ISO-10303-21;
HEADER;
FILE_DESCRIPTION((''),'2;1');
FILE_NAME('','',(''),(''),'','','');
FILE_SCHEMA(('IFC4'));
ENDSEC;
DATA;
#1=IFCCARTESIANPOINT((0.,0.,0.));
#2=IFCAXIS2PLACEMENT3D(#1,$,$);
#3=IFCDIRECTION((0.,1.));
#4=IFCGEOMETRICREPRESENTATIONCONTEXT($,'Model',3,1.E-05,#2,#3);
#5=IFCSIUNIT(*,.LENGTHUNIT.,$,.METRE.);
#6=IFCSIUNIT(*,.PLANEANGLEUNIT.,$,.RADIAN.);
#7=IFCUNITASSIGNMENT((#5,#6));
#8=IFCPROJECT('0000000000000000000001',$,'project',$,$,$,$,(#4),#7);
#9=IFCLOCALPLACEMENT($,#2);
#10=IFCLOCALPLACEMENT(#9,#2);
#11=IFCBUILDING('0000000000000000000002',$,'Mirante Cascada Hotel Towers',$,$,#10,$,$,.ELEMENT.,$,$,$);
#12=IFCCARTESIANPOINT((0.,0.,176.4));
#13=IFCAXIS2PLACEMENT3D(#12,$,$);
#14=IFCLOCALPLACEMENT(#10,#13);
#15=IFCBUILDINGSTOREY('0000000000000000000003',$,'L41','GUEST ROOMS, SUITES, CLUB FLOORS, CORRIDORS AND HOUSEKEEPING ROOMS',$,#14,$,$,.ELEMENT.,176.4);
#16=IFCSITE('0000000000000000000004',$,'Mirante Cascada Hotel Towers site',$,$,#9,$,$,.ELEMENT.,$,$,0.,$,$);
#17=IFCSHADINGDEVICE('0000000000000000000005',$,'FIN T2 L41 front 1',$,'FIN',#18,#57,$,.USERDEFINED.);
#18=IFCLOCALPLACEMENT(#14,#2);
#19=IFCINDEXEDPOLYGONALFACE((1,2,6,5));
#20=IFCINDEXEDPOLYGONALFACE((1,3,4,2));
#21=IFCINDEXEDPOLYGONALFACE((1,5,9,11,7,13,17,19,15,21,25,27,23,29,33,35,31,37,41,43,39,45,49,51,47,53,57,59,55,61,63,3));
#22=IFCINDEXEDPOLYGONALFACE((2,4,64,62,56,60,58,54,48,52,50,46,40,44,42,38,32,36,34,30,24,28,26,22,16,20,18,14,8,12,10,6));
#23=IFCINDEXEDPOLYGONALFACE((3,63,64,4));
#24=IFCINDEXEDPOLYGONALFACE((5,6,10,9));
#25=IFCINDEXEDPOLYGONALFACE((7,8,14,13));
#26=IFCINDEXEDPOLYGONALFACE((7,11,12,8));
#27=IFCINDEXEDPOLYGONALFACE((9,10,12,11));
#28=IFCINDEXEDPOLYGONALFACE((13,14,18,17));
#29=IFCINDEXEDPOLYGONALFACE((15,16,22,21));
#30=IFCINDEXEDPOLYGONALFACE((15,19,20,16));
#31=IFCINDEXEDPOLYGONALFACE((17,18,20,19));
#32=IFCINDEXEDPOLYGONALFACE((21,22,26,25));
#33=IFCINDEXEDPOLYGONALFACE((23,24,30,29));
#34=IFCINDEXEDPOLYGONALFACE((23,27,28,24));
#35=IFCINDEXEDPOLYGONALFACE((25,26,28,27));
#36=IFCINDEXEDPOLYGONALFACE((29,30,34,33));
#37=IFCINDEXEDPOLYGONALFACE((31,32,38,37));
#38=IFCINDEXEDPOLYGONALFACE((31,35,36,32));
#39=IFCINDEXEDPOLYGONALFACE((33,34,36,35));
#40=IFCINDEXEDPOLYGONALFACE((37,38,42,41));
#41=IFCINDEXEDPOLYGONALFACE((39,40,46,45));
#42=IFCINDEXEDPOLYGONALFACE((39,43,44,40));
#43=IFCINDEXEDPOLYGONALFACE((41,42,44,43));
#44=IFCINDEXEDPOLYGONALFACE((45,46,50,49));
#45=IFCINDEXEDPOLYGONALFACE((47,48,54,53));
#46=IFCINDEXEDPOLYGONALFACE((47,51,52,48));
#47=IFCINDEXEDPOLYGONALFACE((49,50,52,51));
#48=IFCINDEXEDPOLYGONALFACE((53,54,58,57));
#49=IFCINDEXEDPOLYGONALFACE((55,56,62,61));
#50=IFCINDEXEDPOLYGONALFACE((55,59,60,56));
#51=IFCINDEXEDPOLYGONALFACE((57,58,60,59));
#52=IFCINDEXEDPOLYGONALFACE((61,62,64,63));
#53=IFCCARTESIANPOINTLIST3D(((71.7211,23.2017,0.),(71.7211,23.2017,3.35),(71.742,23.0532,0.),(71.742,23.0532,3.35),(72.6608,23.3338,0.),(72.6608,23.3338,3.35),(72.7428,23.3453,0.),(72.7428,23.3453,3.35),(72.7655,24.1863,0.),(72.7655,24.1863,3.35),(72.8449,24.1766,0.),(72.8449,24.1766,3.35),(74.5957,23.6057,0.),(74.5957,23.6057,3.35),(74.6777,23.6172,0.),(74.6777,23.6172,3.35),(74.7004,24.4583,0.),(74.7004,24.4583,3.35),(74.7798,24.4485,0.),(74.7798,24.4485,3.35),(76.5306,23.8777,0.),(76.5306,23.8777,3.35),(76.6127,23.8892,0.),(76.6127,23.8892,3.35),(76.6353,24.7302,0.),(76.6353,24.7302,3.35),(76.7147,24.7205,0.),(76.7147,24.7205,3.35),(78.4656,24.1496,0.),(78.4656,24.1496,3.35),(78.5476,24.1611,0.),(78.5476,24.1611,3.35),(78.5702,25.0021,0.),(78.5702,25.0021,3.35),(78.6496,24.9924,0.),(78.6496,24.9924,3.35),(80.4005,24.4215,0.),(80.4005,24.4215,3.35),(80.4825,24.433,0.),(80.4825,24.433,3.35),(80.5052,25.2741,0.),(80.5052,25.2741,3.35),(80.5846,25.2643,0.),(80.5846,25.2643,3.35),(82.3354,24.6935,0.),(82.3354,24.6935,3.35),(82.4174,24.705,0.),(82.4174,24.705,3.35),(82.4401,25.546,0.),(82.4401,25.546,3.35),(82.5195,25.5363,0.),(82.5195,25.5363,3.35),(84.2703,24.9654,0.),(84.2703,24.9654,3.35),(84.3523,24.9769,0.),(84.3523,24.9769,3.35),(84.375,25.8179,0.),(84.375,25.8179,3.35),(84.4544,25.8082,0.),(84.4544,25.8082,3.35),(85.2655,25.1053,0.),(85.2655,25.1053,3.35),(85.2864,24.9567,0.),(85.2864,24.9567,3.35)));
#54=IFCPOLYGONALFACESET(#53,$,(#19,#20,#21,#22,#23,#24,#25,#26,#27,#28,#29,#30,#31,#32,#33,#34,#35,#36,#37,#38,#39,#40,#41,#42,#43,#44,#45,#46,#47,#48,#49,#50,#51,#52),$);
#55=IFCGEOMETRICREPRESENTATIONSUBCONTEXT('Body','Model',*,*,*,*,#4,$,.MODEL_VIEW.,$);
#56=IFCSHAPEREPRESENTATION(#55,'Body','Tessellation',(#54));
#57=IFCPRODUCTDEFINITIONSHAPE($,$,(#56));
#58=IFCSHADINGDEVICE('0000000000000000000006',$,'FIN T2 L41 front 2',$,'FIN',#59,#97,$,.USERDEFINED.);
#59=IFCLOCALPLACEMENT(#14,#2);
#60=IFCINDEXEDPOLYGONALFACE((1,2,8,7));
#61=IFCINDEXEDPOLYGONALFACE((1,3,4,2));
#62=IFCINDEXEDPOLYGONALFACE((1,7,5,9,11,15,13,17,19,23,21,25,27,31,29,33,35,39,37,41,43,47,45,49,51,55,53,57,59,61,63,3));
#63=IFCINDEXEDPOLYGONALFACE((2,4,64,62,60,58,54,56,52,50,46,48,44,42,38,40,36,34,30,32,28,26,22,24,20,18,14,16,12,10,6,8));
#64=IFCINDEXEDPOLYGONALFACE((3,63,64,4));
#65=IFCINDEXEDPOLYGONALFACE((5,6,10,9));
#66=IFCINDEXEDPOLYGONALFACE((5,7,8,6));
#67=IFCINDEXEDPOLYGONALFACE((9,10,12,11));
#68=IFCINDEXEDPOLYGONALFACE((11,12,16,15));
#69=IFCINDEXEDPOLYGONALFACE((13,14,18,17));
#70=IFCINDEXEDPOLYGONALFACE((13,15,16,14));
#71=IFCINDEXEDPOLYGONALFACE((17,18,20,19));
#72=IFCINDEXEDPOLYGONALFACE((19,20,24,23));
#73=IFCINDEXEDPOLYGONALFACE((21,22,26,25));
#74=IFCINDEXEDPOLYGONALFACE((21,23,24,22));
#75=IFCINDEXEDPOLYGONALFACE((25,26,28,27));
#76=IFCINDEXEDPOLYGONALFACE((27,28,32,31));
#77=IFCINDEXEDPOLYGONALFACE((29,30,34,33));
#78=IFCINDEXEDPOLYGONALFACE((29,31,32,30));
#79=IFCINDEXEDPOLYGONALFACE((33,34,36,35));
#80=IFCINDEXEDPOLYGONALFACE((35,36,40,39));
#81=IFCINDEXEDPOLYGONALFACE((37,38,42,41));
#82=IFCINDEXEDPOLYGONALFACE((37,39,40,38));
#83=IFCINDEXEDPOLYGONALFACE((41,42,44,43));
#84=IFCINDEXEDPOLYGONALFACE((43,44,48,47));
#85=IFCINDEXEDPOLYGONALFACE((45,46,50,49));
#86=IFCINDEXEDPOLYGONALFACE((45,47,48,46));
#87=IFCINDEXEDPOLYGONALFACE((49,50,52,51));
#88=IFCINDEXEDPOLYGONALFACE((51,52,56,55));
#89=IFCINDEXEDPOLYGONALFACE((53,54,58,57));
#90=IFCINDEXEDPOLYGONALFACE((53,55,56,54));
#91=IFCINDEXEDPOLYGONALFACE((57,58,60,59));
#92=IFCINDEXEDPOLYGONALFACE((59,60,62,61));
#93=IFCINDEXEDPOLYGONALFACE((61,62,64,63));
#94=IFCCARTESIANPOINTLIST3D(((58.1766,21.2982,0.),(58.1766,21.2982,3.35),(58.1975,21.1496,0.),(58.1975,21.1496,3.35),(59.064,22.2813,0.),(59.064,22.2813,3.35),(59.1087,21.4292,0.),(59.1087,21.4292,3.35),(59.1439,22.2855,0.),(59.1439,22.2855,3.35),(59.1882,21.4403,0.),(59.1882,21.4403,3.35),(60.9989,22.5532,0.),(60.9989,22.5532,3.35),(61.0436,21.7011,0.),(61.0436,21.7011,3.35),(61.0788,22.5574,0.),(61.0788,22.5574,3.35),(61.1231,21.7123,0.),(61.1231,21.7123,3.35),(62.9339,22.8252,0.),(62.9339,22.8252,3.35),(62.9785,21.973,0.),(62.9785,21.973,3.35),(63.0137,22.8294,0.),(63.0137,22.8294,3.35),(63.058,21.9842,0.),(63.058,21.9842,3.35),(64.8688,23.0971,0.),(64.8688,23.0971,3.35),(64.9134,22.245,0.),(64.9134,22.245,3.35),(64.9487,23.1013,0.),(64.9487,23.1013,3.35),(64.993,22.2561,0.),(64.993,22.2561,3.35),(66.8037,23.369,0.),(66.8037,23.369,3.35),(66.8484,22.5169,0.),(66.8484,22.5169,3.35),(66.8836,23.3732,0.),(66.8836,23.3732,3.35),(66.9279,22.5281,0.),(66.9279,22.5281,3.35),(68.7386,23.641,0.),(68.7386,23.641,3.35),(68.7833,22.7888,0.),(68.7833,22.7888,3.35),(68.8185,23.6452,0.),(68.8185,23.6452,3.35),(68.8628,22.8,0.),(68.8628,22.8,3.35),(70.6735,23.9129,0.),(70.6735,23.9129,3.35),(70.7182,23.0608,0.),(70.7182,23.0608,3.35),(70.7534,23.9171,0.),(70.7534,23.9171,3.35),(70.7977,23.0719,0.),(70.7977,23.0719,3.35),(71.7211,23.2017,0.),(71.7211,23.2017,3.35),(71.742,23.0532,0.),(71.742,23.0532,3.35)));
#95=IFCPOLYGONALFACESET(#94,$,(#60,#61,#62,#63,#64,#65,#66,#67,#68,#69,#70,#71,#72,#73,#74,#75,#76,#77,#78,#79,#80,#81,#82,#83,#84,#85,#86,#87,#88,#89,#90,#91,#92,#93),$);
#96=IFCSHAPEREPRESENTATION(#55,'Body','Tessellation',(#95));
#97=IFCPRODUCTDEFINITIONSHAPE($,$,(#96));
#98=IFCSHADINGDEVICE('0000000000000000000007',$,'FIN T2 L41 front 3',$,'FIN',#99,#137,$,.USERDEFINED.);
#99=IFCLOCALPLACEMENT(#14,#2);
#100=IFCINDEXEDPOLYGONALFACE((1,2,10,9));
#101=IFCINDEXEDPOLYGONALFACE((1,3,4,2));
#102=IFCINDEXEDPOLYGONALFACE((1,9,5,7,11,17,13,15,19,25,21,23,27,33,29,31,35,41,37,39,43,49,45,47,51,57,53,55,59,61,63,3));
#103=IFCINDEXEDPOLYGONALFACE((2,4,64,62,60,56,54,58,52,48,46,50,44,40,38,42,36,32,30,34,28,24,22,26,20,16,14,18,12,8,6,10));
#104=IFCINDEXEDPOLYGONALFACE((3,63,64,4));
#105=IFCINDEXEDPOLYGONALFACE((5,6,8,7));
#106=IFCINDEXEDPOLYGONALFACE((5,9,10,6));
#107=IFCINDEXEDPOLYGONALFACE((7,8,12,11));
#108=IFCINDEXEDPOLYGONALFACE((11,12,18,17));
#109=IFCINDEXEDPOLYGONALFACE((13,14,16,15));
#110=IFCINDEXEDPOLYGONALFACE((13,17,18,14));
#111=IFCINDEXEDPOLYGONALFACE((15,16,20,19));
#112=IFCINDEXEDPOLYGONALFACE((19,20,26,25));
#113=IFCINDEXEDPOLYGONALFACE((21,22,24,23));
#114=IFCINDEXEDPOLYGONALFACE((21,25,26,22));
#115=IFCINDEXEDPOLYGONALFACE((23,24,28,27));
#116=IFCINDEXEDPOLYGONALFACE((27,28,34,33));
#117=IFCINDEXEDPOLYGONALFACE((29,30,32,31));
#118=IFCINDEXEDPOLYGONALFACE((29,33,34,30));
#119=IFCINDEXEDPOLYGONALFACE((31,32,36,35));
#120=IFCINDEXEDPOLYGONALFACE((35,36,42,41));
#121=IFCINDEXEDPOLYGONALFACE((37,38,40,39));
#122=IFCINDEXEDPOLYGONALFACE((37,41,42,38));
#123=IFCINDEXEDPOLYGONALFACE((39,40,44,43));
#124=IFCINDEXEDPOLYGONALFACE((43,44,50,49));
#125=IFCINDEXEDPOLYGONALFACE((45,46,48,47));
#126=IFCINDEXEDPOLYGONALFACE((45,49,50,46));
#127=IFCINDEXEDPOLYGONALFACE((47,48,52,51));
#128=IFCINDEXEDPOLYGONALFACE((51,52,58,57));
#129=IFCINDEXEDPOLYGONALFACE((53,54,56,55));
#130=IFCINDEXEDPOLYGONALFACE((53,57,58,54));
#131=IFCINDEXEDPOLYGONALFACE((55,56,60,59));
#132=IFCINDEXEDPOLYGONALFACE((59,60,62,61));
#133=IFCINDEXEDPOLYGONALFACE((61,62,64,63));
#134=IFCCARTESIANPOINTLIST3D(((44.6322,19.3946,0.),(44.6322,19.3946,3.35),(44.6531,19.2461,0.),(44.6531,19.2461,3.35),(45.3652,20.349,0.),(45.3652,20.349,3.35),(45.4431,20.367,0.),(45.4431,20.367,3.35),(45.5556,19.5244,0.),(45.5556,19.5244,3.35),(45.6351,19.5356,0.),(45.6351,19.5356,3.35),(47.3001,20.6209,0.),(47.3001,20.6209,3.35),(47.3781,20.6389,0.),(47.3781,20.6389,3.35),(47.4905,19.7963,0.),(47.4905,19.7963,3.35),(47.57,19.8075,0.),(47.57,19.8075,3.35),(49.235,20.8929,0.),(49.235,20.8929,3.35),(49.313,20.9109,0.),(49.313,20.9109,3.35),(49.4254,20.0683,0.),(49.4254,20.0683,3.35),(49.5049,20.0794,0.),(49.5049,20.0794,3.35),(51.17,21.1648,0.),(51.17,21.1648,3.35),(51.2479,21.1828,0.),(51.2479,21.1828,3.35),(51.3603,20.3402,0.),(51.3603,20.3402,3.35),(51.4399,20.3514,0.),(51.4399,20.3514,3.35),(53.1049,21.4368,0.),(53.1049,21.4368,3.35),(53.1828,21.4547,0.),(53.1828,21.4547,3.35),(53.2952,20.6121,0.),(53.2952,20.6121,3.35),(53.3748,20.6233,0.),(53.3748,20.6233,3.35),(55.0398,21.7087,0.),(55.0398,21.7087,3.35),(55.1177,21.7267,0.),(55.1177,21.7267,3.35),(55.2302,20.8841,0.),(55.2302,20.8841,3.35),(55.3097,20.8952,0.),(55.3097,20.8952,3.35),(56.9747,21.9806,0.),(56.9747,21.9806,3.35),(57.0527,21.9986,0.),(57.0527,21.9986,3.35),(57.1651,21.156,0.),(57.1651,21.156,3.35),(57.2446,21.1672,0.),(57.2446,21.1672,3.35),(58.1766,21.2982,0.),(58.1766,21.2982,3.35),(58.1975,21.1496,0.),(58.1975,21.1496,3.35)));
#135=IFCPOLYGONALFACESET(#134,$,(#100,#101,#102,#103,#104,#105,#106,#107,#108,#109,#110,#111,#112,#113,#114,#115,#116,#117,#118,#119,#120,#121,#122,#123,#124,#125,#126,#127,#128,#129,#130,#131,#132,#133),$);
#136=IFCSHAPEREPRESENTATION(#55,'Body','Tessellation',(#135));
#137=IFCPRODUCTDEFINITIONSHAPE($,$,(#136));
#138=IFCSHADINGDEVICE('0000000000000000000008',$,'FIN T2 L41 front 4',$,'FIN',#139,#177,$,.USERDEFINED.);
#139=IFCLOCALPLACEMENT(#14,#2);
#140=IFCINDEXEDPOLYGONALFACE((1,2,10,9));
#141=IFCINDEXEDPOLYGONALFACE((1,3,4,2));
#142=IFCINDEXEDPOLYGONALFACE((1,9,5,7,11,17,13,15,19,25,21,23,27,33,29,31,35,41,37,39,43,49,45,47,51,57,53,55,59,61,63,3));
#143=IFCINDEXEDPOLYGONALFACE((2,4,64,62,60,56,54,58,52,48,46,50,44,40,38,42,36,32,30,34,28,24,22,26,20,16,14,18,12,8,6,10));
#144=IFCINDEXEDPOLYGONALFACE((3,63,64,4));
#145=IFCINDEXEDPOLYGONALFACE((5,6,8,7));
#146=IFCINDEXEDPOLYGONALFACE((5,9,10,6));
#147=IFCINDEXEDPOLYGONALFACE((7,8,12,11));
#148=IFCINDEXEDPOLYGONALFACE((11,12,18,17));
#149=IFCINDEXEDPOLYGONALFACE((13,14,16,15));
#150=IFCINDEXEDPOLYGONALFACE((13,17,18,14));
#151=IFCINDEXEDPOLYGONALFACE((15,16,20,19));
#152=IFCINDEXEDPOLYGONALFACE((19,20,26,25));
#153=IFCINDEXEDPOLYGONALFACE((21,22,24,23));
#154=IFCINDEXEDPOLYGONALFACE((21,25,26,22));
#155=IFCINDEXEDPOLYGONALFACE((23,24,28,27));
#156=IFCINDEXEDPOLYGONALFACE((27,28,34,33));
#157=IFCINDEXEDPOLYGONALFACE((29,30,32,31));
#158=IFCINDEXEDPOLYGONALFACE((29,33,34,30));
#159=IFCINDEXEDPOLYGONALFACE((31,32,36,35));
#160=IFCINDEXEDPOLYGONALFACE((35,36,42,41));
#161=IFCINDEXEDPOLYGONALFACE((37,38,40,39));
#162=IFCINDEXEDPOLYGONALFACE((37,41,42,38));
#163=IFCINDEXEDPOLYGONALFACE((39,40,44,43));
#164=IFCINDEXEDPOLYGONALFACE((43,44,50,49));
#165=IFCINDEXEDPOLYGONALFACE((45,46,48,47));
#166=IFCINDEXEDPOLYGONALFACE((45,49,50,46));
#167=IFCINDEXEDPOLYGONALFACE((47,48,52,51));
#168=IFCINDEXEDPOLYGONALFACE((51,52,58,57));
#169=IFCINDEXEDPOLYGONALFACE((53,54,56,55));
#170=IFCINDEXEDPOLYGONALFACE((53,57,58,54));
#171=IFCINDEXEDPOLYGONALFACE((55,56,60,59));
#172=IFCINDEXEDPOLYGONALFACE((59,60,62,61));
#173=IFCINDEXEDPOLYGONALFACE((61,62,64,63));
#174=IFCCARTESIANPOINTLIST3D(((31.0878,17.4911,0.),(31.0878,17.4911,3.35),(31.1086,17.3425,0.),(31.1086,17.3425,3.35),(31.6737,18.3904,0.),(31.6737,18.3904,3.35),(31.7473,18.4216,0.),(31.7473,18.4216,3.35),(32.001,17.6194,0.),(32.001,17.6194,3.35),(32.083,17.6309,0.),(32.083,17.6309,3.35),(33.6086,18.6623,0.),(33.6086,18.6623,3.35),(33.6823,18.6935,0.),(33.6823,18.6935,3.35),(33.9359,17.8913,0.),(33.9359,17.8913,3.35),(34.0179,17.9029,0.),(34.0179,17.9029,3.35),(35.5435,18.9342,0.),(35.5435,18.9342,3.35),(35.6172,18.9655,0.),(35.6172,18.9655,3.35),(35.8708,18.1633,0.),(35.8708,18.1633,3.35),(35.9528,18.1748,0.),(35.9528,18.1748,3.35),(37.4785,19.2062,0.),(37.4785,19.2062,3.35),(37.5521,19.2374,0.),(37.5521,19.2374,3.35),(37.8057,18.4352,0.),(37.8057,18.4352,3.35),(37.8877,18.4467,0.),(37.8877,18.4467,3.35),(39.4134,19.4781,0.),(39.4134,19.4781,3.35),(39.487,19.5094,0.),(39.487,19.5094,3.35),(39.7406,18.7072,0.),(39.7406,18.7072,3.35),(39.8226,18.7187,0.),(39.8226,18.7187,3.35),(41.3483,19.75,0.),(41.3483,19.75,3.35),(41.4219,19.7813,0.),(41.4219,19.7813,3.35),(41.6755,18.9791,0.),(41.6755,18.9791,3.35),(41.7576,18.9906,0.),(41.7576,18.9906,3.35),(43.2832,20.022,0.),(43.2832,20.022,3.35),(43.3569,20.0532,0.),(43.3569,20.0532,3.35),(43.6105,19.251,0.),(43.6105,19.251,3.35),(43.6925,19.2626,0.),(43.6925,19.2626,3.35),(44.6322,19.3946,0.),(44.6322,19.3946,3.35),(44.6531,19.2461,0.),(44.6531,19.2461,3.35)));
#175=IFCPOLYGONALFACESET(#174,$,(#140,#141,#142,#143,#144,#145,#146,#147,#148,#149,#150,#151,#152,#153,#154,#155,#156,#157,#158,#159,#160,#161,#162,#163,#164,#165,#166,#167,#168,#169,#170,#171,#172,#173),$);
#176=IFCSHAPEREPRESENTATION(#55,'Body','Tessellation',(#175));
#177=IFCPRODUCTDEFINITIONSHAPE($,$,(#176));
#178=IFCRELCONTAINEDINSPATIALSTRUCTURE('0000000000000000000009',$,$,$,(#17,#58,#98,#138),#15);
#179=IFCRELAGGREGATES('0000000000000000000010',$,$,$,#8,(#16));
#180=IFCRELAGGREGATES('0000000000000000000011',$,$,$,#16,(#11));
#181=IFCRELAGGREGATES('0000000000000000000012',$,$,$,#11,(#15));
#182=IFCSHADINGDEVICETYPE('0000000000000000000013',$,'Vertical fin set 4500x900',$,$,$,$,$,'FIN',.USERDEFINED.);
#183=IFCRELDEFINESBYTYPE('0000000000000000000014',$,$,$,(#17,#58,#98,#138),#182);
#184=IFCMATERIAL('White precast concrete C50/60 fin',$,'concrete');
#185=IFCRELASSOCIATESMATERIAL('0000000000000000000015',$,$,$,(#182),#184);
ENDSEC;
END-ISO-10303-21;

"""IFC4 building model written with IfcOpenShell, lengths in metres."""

from ifc_helpers import new_model, si_unit, direction, frame, origin, place, context, subcontext, project, spatial, polyline, outline, extrude, material, type_object, element, save


model = new_model("IFC4")

# Units and contexts
model_context = context("Model", 3, precision=1e-05, world=origin(), true_north=direction((0.0, 1.0)))
body_context = subcontext(model_context, "Body", "Model", "MODEL_VIEW")
ifc_project = project(units=[si_unit("LENGTHUNIT", "METRE"), si_unit("PLANEANGLEUNIT", "RADIAN")], contexts=[model_context])

# Site, building, storey
site_placement = place(None, origin())
site = spatial("IfcSite", under=ifc_project, at=site_placement, Name="Mirante Cascada Hotel Towers site", CompositionType="ELEMENT", RefElevation=0.0)
building_placement = place(site_placement, origin())
building = spatial("IfcBuilding", under=site, at=building_placement, Name="Mirante Cascada Hotel Towers", CompositionType="ELEMENT")
storey_placement = place(building_placement, frame((0.0, 0.0, 176.4)))
storey = spatial("IfcBuildingStorey", under=building, at=storey_placement, Name="L41", Description="GUEST ROOMS, SUITES, CLUB FLOORS, CORRIDORS AND HOUSEKEEPING ROOMS", CompositionType="ELEMENT", Elevation=176.4)

# Shading devices
ifc_material_1 = material(Name="White precast concrete C50/60 fin", Category="concrete")
shading_device_type = type_object("IfcShadingDeviceType", Name="Vertical fin set 4500x900", ElementType="FIN", PredefinedType="USERDEFINED", material=ifc_material_1)
shading_device_1_placement = place(storey_placement, origin())
element("IfcShadingDevice", 1, at=shading_device_1_placement, inside=storey, type_object=shading_device_type, Name="FIN T2 L41 front 1", ObjectType="FIN", PredefinedType="USERDEFINED", context=body_context, shape_type="SweptSolid", body=[
    extrude(outline(polyline([(72.8449, 24.1766), (72.7428, 23.3453), (74.5957, 23.6057), (74.7004, 24.4583), (74.7798, 24.4485), (74.6777, 23.6172), (76.5306, 23.8777), (76.6353, 24.7302), (76.7147, 24.7205), (76.6127, 23.8892), (78.4656, 24.1496), (78.5702, 25.0021), (78.6496, 24.9924), (78.5476, 24.1611), (80.4005, 24.4215), (80.5052, 25.2741), (80.5846, 25.2643), (80.4825, 24.433), (82.3354, 24.6935), (82.4401, 25.546), (82.5195, 25.5363), (82.4174, 24.705), (84.2703, 24.9654), (84.375, 25.8179), (84.4544, 25.8082), (84.3523, 24.9769), (85.2655, 25.1053), (85.2864, 24.9567), (71.742, 23.0532), (71.7211, 23.2017), (72.6608, 23.3338), (72.7655, 24.1863), (72.8449, 24.1766)])), origin(), (0.0, 0.0, 1.0), 3.35),
])
shading_device_2_placement = place(storey_placement, origin())
element("IfcShadingDevice", 2, at=shading_device_2_placement, inside=storey, type_object=shading_device_type, Name="FIN T2 L41 front 2", ObjectType="FIN", PredefinedType="USERDEFINED", context=body_context, shape_type="SweptSolid", body=[
    extrude(outline(polyline([(59.1439, 22.2855), (59.1882, 21.4403), (61.0436, 21.7011), (60.9989, 22.5532), (61.0788, 22.5574), (61.1231, 21.7123), (62.9785, 21.973), (62.9339, 22.8252), (63.0137, 22.8294), (63.058, 21.9842), (64.9134, 22.245), (64.8688, 23.0971), (64.9487, 23.1013), (64.993, 22.2561), (66.8484, 22.5169), (66.8037, 23.369), (66.8836, 23.3732), (66.9279, 22.5281), (68.7833, 22.7888), (68.7386, 23.641), (68.8185, 23.6452), (68.8628, 22.8), (70.7182, 23.0608), (70.6735, 23.9129), (70.7534, 23.9171), (70.7977, 23.0719), (71.7211, 23.2017), (71.742, 23.0532), (58.1975, 21.1496), (58.1766, 21.2982), (59.1087, 21.4292), (59.064, 22.2813), (59.1439, 22.2855)])), origin(), (0.0, 0.0, 1.0), 3.35),
])
shading_device_3_placement = place(storey_placement, origin())
element("IfcShadingDevice", 3, at=shading_device_3_placement, inside=storey, type_object=shading_device_type, Name="FIN T2 L41 front 3", ObjectType="FIN", PredefinedType="USERDEFINED", context=body_context, shape_type="SweptSolid", body=[
    extrude(outline(polyline([(45.4431, 20.367), (45.6351, 19.5356), (47.4905, 19.7963), (47.3001, 20.6209), (47.3781, 20.6389), (47.57, 19.8075), (49.4254, 20.0683), (49.235, 20.8929), (49.313, 20.9109), (49.5049, 20.0794), (51.3603, 20.3402), (51.17, 21.1648), (51.2479, 21.1828), (51.4399, 20.3514), (53.2952, 20.6121), (53.1049, 21.4368), (53.1828, 21.4547), (53.3748, 20.6233), (55.2302, 20.8841), (55.0398, 21.7087), (55.1177, 21.7267), (55.3097, 20.8952), (57.1651, 21.156), (56.9747, 21.9806), (57.0527, 21.9986), (57.2446, 21.1672), (58.1766, 21.2982), (58.1975, 21.1496), (44.6531, 19.2461), (44.6322, 19.3946), (45.5556, 19.5244), (45.3652, 20.349), (45.4431, 20.367)])), origin(), (0.0, 0.0, 1.0), 3.35),
])
shading_device_4_placement = place(storey_placement, origin())
element("IfcShadingDevice", 4, at=shading_device_4_placement, inside=storey, type_object=shading_device_type, Name="FIN T2 L41 front 4", ObjectType="FIN", PredefinedType="USERDEFINED", context=body_context, shape_type="SweptSolid", body=[
    extrude(outline(polyline([(31.7473, 18.4216), (32.083, 17.6309), (33.9359, 17.8913), (33.6086, 18.6623), (33.6823, 18.6935), (34.0179, 17.9029), (35.8708, 18.1633), (35.5435, 18.9342), (35.6172, 18.9655), (35.9528, 18.1748), (37.8057, 18.4352), (37.4785, 19.2062), (37.5521, 19.2374), (37.8877, 18.4467), (39.7406, 18.7072), (39.4134, 19.4781), (39.487, 19.5094), (39.8226, 18.7187), (41.6755, 18.9791), (41.3483, 19.75), (41.4219, 19.7813), (41.7576, 18.9906), (43.6105, 19.251), (43.2832, 20.022), (43.3569, 20.0532), (43.6925, 19.2626), (44.6322, 19.3946), (44.6531, 19.2461), (31.1086, 17.3425), (31.0878, 17.4911), (32.001, 17.6194), (31.6737, 18.3904), (31.7473, 18.4216)])), origin(), (0.0, 0.0, 1.0), 3.35),
])

save(model, "model.ifc")
